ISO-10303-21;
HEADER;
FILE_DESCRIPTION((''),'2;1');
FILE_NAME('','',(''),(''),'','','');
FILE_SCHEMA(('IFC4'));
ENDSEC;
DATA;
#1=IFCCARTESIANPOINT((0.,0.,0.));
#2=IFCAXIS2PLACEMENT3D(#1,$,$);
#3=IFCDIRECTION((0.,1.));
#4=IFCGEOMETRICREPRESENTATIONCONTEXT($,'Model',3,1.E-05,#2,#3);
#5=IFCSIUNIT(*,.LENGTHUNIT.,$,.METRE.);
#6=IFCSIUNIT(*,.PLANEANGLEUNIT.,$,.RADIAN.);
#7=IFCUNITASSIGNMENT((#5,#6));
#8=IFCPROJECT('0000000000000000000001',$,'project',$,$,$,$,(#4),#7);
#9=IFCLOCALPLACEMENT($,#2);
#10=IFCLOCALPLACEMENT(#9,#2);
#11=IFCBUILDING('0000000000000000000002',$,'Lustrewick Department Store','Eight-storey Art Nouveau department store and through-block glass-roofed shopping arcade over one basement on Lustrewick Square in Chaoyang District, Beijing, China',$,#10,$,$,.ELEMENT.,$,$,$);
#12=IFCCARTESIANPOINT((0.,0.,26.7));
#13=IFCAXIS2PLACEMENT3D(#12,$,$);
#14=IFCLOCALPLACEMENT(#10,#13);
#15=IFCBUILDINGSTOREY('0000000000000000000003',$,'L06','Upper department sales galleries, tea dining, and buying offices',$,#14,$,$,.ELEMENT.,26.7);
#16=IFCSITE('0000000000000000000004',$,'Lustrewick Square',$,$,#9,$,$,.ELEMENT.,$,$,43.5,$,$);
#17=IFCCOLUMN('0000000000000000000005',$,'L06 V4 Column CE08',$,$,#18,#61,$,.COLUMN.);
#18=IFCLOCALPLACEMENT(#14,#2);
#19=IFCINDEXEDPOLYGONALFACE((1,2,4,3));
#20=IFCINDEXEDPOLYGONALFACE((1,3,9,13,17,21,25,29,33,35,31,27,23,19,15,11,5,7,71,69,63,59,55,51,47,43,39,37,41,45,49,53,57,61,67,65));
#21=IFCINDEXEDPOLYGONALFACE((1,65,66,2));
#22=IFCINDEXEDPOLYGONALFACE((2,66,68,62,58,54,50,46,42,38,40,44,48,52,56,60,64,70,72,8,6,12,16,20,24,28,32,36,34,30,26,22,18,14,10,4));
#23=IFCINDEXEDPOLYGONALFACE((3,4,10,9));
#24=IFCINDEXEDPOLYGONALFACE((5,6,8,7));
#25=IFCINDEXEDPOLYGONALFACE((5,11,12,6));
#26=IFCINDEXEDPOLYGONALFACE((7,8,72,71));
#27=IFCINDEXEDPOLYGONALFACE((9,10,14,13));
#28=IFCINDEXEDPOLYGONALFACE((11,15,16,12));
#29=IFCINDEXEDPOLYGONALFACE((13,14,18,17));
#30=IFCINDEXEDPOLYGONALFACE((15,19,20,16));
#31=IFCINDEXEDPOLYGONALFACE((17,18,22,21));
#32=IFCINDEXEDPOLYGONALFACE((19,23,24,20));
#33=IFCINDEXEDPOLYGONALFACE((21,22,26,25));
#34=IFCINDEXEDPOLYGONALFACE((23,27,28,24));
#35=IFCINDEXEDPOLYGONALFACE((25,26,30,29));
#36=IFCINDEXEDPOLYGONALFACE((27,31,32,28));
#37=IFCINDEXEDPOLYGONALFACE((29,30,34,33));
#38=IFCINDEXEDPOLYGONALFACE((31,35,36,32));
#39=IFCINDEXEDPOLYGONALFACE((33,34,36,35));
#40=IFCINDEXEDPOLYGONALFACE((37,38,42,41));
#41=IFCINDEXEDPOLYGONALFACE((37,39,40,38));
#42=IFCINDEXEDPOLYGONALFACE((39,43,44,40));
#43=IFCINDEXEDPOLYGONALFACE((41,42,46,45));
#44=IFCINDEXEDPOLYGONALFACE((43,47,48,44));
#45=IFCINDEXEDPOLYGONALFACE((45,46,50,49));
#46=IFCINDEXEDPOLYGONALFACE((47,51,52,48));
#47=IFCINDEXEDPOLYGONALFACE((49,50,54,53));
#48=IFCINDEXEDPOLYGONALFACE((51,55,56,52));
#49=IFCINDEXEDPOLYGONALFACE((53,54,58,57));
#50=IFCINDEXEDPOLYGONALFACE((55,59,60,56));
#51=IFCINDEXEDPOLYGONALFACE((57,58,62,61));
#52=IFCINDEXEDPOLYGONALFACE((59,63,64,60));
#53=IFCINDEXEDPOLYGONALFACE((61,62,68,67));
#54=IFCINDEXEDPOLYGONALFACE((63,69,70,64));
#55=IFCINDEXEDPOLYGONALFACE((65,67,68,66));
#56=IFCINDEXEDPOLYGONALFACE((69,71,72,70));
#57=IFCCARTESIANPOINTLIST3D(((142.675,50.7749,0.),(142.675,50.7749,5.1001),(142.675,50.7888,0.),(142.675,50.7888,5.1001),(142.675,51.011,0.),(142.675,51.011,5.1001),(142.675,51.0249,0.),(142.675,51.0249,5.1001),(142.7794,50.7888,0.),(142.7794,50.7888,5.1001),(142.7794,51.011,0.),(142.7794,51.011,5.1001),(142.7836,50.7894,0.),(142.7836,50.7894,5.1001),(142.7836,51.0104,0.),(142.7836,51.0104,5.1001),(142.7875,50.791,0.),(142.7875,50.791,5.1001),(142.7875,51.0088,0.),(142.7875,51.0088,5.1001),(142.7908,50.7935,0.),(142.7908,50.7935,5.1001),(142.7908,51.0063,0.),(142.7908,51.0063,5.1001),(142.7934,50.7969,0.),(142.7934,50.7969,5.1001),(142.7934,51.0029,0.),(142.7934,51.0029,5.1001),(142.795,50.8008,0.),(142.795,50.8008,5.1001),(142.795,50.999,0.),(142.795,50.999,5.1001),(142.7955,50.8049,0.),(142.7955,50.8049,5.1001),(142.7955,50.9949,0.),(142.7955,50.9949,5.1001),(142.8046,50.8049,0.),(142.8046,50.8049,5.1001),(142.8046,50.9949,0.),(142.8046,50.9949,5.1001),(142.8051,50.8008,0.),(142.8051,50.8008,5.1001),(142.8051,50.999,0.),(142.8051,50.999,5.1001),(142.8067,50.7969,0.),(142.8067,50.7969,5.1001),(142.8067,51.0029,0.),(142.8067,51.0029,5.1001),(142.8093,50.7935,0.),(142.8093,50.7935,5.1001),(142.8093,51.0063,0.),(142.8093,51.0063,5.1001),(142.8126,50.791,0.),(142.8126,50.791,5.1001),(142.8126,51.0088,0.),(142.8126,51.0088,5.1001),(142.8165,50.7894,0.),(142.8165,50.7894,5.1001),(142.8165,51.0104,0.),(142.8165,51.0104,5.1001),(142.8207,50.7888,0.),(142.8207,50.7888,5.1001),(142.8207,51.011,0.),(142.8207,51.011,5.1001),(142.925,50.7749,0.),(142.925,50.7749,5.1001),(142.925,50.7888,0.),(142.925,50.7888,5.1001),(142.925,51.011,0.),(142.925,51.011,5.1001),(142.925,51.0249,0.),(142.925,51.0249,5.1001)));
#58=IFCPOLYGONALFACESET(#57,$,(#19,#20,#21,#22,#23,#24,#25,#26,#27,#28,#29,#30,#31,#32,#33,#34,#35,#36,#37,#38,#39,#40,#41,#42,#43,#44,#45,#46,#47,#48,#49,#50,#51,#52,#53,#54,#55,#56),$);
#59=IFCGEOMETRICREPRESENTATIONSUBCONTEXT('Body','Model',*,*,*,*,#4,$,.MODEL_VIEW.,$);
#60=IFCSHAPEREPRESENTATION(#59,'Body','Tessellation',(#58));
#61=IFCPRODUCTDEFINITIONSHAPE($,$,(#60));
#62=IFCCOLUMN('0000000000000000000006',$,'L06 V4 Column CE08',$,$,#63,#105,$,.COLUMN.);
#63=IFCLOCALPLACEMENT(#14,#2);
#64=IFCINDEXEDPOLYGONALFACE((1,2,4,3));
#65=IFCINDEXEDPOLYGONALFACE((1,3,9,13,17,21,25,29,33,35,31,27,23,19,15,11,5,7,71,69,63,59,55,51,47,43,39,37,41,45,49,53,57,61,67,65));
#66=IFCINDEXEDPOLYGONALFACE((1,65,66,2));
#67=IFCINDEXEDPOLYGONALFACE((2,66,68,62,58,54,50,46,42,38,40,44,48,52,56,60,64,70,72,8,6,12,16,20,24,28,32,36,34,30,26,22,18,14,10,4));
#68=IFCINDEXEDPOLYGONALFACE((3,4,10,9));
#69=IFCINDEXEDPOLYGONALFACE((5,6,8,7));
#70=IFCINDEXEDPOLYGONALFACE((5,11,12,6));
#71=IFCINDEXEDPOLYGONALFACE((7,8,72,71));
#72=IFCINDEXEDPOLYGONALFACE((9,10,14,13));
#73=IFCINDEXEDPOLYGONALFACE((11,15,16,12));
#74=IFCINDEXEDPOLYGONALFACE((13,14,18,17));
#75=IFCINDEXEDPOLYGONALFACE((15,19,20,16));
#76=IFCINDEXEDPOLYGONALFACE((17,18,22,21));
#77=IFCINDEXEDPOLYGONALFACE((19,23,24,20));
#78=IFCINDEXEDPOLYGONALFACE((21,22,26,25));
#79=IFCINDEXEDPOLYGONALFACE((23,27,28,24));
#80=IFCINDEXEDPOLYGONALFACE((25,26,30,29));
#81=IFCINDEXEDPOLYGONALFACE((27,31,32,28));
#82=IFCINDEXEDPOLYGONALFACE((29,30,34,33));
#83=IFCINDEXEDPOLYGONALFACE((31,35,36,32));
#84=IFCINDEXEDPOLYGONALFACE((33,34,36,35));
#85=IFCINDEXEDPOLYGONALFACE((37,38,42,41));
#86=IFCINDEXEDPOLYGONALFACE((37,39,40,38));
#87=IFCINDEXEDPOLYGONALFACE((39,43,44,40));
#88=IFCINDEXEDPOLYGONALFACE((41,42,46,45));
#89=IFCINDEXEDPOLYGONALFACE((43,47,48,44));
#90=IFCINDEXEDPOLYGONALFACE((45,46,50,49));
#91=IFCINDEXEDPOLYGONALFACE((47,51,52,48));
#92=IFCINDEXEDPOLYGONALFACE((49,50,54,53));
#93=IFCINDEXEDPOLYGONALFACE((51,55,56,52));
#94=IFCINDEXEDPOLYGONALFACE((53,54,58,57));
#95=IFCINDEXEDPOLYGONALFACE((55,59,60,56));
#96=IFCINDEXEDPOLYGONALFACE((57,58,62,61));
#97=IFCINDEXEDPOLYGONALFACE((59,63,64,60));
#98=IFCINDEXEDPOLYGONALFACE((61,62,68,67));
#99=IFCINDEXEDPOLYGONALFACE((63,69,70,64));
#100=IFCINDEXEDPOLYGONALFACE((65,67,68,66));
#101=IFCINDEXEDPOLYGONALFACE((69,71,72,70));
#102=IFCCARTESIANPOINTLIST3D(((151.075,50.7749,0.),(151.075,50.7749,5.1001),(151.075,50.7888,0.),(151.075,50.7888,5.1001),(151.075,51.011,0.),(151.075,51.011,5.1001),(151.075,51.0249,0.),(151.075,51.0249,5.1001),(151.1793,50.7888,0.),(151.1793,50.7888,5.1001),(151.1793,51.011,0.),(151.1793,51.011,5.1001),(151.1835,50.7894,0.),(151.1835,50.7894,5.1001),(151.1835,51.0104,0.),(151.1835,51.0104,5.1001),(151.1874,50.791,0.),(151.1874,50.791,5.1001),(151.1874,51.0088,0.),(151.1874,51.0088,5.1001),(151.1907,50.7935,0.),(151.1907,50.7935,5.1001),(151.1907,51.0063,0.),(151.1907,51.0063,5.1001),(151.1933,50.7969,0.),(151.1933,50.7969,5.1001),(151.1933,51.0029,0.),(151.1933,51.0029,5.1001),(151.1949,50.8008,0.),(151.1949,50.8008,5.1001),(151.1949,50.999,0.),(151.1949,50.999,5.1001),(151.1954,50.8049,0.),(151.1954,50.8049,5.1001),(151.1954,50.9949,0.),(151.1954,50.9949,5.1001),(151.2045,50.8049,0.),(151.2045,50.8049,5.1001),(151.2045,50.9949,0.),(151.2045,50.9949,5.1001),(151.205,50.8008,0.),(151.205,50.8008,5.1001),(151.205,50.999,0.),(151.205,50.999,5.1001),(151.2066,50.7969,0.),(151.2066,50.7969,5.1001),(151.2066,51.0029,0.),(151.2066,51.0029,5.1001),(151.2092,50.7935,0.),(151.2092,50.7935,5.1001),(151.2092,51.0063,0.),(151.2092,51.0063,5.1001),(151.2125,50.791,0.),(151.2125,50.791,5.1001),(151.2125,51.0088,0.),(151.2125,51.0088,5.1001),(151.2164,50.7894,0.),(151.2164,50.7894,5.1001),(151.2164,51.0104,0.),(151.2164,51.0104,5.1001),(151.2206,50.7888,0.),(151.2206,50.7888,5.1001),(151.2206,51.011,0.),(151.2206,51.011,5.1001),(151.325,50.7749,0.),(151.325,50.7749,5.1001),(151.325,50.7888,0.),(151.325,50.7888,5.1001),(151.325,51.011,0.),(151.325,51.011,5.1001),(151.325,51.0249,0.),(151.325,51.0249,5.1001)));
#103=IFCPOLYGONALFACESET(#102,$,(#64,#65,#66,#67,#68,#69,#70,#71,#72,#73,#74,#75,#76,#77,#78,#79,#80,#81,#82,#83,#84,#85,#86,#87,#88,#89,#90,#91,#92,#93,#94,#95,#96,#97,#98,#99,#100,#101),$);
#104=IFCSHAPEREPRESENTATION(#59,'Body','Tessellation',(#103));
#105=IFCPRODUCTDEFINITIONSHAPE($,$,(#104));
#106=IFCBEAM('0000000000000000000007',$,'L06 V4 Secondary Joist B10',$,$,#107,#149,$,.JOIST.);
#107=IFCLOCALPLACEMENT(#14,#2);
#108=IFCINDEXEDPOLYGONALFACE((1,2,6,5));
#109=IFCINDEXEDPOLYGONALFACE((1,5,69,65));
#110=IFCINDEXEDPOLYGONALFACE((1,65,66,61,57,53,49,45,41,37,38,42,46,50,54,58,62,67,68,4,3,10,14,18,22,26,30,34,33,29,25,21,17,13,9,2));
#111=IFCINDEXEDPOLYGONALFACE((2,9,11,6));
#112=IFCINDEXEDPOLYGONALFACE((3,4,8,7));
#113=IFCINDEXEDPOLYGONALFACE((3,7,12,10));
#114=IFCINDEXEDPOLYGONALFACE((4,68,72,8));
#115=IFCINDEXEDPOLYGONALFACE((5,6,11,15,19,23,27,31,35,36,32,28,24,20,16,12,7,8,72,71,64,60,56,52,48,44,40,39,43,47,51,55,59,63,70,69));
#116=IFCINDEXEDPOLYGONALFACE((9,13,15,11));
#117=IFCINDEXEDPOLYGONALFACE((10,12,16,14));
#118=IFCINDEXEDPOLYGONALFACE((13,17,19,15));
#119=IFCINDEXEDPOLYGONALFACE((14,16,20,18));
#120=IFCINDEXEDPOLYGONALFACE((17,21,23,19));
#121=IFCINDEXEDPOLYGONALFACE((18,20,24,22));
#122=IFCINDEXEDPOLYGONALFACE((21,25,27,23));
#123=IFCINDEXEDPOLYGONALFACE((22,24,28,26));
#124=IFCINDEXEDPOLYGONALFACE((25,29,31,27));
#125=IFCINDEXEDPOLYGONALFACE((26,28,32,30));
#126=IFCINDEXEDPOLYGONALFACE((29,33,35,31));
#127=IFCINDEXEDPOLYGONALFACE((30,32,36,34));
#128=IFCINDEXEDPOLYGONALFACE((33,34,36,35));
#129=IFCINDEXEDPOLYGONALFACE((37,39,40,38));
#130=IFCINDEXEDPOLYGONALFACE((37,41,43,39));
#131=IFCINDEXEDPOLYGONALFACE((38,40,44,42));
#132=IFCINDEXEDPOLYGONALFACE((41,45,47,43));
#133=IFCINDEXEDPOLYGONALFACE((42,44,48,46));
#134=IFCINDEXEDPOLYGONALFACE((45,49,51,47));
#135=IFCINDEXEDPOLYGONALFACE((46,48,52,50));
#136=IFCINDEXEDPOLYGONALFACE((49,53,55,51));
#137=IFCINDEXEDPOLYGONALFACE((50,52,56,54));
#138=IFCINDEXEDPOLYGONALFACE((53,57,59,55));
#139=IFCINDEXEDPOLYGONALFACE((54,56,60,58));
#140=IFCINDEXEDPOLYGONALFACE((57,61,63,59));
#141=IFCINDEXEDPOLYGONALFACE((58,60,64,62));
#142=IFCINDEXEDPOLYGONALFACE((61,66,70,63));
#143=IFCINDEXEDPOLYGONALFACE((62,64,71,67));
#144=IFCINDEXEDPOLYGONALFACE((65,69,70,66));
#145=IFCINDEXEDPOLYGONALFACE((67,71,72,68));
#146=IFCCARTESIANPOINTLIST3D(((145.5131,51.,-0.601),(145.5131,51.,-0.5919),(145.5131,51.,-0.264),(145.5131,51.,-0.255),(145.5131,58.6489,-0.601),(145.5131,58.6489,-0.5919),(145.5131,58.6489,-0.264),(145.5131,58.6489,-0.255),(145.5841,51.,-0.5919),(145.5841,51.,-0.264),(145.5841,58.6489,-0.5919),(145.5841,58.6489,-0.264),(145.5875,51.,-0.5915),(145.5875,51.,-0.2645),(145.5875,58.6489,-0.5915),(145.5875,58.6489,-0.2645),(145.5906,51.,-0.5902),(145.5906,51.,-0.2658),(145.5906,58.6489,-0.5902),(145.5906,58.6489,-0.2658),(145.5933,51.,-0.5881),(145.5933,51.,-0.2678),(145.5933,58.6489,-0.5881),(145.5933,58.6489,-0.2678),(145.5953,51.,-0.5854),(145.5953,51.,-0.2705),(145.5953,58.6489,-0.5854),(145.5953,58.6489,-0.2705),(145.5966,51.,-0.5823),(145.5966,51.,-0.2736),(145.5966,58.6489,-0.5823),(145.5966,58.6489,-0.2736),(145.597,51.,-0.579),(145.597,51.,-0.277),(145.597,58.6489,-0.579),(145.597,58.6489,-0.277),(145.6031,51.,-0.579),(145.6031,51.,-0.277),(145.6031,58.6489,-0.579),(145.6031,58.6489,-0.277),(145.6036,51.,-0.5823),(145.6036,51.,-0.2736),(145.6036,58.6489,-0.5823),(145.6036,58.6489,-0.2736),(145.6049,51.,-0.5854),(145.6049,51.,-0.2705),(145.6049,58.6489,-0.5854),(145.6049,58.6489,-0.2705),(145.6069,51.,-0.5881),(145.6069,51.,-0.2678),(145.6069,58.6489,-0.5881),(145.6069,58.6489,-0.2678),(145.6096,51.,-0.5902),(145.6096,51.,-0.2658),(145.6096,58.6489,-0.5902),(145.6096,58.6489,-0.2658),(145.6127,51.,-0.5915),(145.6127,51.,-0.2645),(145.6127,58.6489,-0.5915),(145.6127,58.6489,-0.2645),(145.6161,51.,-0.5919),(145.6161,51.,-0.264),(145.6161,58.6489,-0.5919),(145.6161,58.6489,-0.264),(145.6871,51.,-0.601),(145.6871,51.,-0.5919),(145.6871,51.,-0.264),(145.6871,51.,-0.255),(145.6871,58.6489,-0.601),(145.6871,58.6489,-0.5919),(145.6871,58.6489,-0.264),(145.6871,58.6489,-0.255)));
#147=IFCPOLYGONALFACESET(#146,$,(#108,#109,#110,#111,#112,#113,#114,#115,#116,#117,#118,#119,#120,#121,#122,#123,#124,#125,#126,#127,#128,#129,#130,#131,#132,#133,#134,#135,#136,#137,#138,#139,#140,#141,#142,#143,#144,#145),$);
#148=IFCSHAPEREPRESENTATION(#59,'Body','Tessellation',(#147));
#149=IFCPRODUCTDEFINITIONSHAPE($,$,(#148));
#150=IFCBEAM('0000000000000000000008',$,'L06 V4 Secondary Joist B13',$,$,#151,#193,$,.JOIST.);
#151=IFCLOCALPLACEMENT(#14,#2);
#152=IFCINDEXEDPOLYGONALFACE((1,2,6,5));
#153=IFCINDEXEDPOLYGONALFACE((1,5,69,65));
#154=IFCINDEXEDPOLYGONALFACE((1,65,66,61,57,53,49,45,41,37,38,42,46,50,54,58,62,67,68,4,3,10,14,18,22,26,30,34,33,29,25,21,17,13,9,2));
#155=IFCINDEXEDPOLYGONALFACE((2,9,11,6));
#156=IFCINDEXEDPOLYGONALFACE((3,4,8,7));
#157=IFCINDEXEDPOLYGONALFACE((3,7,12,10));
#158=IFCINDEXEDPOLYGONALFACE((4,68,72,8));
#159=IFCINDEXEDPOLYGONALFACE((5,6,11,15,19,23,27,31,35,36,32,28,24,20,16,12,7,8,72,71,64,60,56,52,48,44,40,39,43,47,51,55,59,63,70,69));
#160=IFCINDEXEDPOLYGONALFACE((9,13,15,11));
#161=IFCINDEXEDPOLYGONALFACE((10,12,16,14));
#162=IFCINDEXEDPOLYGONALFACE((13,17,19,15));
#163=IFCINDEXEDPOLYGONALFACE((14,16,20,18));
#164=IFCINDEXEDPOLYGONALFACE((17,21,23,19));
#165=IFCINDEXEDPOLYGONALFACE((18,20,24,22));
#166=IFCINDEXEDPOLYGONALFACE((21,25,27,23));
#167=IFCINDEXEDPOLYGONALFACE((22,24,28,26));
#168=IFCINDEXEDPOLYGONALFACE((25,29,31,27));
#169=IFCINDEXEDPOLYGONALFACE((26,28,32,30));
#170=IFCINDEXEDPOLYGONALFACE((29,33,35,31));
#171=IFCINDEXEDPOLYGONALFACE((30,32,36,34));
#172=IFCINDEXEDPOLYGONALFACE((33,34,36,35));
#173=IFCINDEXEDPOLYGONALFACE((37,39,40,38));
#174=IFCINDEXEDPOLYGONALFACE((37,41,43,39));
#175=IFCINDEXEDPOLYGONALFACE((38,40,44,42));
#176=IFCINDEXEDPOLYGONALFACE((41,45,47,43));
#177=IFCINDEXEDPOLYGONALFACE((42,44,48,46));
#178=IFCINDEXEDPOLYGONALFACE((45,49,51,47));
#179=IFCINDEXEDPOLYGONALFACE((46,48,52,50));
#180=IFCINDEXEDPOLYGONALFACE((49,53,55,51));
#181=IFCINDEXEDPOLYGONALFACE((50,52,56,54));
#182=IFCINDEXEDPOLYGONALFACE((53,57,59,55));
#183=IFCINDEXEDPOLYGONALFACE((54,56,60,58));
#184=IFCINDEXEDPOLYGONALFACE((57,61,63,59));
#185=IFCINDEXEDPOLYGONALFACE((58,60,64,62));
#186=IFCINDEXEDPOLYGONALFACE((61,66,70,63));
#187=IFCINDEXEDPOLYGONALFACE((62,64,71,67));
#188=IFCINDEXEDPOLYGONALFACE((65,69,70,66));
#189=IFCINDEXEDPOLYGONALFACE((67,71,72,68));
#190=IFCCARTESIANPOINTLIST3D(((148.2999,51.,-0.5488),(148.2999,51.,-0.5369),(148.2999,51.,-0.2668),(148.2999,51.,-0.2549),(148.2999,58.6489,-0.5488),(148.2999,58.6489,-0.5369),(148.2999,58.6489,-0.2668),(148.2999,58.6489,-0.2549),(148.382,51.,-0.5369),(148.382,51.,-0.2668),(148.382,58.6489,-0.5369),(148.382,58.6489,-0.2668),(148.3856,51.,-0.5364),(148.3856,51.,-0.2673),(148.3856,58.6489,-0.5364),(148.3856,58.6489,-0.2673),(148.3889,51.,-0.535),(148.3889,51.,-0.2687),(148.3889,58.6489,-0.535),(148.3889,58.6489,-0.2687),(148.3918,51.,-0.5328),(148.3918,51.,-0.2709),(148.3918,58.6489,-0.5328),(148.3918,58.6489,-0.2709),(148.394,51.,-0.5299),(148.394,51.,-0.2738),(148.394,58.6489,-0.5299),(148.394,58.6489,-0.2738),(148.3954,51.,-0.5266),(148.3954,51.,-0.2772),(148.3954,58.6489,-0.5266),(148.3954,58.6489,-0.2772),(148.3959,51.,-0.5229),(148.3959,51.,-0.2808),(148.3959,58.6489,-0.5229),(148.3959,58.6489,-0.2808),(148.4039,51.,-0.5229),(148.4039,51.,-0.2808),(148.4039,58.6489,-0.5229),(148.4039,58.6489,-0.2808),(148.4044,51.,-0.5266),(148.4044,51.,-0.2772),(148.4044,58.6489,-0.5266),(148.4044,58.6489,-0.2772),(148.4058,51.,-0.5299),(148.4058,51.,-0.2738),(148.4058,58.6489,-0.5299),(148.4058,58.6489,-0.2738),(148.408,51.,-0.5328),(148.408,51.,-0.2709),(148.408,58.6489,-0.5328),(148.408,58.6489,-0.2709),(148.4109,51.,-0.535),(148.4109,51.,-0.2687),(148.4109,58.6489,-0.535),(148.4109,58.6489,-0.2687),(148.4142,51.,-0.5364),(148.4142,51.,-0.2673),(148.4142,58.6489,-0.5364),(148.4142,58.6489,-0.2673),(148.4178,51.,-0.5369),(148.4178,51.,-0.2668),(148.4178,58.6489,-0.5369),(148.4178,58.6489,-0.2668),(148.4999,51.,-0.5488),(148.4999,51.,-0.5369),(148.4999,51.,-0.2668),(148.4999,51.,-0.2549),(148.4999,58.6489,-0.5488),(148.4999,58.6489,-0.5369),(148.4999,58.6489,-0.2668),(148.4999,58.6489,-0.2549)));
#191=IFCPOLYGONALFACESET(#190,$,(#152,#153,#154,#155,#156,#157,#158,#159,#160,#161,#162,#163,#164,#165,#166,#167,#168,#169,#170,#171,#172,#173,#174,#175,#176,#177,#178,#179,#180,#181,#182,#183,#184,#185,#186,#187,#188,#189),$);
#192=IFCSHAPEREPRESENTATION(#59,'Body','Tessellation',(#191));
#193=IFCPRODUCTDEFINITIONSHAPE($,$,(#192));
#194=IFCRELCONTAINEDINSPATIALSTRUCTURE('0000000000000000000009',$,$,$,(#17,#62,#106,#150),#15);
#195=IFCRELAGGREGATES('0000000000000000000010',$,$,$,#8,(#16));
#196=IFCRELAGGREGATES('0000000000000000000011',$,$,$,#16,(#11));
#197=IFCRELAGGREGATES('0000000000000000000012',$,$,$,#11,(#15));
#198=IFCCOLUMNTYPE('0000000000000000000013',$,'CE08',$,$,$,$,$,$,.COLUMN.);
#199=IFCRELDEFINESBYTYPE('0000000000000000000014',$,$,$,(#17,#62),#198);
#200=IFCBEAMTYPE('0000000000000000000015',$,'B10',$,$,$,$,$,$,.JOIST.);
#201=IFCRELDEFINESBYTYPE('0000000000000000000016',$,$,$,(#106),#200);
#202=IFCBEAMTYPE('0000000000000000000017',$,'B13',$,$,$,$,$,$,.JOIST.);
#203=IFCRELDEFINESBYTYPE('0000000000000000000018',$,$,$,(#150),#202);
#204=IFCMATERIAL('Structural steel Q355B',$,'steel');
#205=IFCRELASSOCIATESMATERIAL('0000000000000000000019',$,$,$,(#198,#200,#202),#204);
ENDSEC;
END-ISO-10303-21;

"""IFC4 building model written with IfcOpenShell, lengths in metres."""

from ifc_helpers import new_model, si_unit, direction, frame, origin, origin_2d, place, context, subcontext, project, spatial, i_section, extrude, material, material_profile, profile_set, type_object, element, save


model = new_model("IFC4")

# Units and contexts
model_context = context("Model", 3, precision=1e-05, world=origin(), true_north=direction((0.0, 1.0)))
body_context = subcontext(model_context, "Body", "Model", "MODEL_VIEW")
ifc_project = project(units=[si_unit("LENGTHUNIT", "METRE"), si_unit("PLANEANGLEUNIT", "RADIAN")], contexts=[model_context])

# Site, building, storey
site_placement = place(None, origin())
site = spatial("IfcSite", under=ifc_project, at=site_placement, Name="Lustrewick Square", CompositionType="ELEMENT", RefElevation=43.5)
building_placement = place(site_placement, origin())
building = spatial("IfcBuilding", under=site, at=building_placement, Name="Lustrewick Department Store", Description="Eight-storey Art Nouveau department store and through-block glass-roofed shopping arcade over one basement on Lustrewick Square in Chaoyang District, Beijing, China", CompositionType="ELEMENT")
storey_placement = place(building_placement, frame((0.0, 0.0, 26.7)))
storey = spatial("IfcBuildingStorey", under=building, at=storey_placement, Name="L06", Description="Upper department sales galleries, tea dining, and buying offices", CompositionType="ELEMENT", Elevation=26.7)

# Columns
ifc_material_1 = material(Name="Structural steel Q355B", Category="steel")
ifc_material_profile_1 = material_profile(ifc_material_1, i_section(OverallWidth=0.25, OverallDepth=0.25, WebThickness=0.009, FlangeThickness=0.0139, FilletRadius=0.0161, at=origin_2d()), Name="HW 250x250x9x14")
ifc_profile_set_1 = profile_set([ifc_material_profile_1], Name="Structural steel Q355B")
column_type = type_object("IfcColumnType", Name="CE08", PredefinedType="COLUMN", material=ifc_profile_set_1)
for number, where, z_axis, x_axis, name in (
    (1, (142.8, 50.8999, 0.0), (0.0, 0.0, 1.0), (1.0, 0.0, 0.0), "L06 V4 Column CE08"),
    (2, (151.2, 50.8999, 0.0), (0.0, 0.0, 1.0), (1.0, 0.0, 0.0), "L06 V4 Column CE08"),
):
    element("IfcColumn", number, at=place(storey_placement, frame(where, z_axis=z_axis, x_axis=x_axis)), inside=storey, type_object=column_type, Name=name, PredefinedType="COLUMN", context=body_context, shape_type="SweptSolid", body=[
        extrude(i_section(OverallWidth=0.25, OverallDepth=0.25, WebThickness=0.009, FlangeThickness=0.0139, FilletRadius=0.0161, at=origin_2d()), origin(), (0.0, 0.0, 1.0), 5.1001),
    ])

# Beams
ifc_material_profile_2 = material_profile(ifc_material_1, i_section(OverallWidth=0.1741, OverallDepth=0.3459, WebThickness=0.0061, FlangeThickness=0.009, FilletRadius=0.0129, at=origin_2d()), Name="HN 346x174x6x9")
ifc_profile_set_2 = profile_set([ifc_material_profile_2], Name="Structural steel Q355B")
beam_type_1 = type_object("IfcBeamType", Name="B10", PredefinedType="JOIST", material=ifc_profile_set_2)
beam_1_placement = place(storey_placement, frame((145.6001, 51.0, -0.428), z_axis=(0.0, 1.0, 0.0), x_axis=(-1.0, 0.0, 0.0)))
element("IfcBeam", 3, at=beam_1_placement, inside=storey, type_object=beam_type_1, Name="L06 V4 Secondary Joist B10", PredefinedType="JOIST", context=body_context, shape_type="SweptSolid", body=[
    extrude(i_section(OverallWidth=0.1741, OverallDepth=0.3459, WebThickness=0.0061, FlangeThickness=0.009, FilletRadius=0.0129, at=origin_2d()), origin(), (0.0, 0.0, 1.0), 7.6489),
])
ifc_material_profile_3 = material_profile(ifc_material_1, i_section(OverallWidth=0.2, OverallDepth=0.2939, WebThickness=0.0081, FlangeThickness=0.012, FilletRadius=0.0139, at=origin_2d()), Name="HM 294x200x8x12")
ifc_profile_set_3 = profile_set([ifc_material_profile_3], Name="Structural steel Q355B")
beam_type_2 = type_object("IfcBeamType", Name="B13", PredefinedType="JOIST", material=ifc_profile_set_3)
beam_2_placement = place(storey_placement, frame((148.3999, 51.0, -0.4019), z_axis=(0.0, 1.0, 0.0), x_axis=(-1.0, 0.0, 0.0)))
element("IfcBeam", 4, at=beam_2_placement, inside=storey, type_object=beam_type_2, Name="L06 V4 Secondary Joist B13", PredefinedType="JOIST", context=body_context, shape_type="SweptSolid", body=[
    extrude(i_section(OverallWidth=0.2, OverallDepth=0.2939, WebThickness=0.0081, FlangeThickness=0.012, FilletRadius=0.0139, at=origin_2d()), origin(), (0.0, 0.0, 1.0), 7.6489),
])

save(model, "model.ifc")
